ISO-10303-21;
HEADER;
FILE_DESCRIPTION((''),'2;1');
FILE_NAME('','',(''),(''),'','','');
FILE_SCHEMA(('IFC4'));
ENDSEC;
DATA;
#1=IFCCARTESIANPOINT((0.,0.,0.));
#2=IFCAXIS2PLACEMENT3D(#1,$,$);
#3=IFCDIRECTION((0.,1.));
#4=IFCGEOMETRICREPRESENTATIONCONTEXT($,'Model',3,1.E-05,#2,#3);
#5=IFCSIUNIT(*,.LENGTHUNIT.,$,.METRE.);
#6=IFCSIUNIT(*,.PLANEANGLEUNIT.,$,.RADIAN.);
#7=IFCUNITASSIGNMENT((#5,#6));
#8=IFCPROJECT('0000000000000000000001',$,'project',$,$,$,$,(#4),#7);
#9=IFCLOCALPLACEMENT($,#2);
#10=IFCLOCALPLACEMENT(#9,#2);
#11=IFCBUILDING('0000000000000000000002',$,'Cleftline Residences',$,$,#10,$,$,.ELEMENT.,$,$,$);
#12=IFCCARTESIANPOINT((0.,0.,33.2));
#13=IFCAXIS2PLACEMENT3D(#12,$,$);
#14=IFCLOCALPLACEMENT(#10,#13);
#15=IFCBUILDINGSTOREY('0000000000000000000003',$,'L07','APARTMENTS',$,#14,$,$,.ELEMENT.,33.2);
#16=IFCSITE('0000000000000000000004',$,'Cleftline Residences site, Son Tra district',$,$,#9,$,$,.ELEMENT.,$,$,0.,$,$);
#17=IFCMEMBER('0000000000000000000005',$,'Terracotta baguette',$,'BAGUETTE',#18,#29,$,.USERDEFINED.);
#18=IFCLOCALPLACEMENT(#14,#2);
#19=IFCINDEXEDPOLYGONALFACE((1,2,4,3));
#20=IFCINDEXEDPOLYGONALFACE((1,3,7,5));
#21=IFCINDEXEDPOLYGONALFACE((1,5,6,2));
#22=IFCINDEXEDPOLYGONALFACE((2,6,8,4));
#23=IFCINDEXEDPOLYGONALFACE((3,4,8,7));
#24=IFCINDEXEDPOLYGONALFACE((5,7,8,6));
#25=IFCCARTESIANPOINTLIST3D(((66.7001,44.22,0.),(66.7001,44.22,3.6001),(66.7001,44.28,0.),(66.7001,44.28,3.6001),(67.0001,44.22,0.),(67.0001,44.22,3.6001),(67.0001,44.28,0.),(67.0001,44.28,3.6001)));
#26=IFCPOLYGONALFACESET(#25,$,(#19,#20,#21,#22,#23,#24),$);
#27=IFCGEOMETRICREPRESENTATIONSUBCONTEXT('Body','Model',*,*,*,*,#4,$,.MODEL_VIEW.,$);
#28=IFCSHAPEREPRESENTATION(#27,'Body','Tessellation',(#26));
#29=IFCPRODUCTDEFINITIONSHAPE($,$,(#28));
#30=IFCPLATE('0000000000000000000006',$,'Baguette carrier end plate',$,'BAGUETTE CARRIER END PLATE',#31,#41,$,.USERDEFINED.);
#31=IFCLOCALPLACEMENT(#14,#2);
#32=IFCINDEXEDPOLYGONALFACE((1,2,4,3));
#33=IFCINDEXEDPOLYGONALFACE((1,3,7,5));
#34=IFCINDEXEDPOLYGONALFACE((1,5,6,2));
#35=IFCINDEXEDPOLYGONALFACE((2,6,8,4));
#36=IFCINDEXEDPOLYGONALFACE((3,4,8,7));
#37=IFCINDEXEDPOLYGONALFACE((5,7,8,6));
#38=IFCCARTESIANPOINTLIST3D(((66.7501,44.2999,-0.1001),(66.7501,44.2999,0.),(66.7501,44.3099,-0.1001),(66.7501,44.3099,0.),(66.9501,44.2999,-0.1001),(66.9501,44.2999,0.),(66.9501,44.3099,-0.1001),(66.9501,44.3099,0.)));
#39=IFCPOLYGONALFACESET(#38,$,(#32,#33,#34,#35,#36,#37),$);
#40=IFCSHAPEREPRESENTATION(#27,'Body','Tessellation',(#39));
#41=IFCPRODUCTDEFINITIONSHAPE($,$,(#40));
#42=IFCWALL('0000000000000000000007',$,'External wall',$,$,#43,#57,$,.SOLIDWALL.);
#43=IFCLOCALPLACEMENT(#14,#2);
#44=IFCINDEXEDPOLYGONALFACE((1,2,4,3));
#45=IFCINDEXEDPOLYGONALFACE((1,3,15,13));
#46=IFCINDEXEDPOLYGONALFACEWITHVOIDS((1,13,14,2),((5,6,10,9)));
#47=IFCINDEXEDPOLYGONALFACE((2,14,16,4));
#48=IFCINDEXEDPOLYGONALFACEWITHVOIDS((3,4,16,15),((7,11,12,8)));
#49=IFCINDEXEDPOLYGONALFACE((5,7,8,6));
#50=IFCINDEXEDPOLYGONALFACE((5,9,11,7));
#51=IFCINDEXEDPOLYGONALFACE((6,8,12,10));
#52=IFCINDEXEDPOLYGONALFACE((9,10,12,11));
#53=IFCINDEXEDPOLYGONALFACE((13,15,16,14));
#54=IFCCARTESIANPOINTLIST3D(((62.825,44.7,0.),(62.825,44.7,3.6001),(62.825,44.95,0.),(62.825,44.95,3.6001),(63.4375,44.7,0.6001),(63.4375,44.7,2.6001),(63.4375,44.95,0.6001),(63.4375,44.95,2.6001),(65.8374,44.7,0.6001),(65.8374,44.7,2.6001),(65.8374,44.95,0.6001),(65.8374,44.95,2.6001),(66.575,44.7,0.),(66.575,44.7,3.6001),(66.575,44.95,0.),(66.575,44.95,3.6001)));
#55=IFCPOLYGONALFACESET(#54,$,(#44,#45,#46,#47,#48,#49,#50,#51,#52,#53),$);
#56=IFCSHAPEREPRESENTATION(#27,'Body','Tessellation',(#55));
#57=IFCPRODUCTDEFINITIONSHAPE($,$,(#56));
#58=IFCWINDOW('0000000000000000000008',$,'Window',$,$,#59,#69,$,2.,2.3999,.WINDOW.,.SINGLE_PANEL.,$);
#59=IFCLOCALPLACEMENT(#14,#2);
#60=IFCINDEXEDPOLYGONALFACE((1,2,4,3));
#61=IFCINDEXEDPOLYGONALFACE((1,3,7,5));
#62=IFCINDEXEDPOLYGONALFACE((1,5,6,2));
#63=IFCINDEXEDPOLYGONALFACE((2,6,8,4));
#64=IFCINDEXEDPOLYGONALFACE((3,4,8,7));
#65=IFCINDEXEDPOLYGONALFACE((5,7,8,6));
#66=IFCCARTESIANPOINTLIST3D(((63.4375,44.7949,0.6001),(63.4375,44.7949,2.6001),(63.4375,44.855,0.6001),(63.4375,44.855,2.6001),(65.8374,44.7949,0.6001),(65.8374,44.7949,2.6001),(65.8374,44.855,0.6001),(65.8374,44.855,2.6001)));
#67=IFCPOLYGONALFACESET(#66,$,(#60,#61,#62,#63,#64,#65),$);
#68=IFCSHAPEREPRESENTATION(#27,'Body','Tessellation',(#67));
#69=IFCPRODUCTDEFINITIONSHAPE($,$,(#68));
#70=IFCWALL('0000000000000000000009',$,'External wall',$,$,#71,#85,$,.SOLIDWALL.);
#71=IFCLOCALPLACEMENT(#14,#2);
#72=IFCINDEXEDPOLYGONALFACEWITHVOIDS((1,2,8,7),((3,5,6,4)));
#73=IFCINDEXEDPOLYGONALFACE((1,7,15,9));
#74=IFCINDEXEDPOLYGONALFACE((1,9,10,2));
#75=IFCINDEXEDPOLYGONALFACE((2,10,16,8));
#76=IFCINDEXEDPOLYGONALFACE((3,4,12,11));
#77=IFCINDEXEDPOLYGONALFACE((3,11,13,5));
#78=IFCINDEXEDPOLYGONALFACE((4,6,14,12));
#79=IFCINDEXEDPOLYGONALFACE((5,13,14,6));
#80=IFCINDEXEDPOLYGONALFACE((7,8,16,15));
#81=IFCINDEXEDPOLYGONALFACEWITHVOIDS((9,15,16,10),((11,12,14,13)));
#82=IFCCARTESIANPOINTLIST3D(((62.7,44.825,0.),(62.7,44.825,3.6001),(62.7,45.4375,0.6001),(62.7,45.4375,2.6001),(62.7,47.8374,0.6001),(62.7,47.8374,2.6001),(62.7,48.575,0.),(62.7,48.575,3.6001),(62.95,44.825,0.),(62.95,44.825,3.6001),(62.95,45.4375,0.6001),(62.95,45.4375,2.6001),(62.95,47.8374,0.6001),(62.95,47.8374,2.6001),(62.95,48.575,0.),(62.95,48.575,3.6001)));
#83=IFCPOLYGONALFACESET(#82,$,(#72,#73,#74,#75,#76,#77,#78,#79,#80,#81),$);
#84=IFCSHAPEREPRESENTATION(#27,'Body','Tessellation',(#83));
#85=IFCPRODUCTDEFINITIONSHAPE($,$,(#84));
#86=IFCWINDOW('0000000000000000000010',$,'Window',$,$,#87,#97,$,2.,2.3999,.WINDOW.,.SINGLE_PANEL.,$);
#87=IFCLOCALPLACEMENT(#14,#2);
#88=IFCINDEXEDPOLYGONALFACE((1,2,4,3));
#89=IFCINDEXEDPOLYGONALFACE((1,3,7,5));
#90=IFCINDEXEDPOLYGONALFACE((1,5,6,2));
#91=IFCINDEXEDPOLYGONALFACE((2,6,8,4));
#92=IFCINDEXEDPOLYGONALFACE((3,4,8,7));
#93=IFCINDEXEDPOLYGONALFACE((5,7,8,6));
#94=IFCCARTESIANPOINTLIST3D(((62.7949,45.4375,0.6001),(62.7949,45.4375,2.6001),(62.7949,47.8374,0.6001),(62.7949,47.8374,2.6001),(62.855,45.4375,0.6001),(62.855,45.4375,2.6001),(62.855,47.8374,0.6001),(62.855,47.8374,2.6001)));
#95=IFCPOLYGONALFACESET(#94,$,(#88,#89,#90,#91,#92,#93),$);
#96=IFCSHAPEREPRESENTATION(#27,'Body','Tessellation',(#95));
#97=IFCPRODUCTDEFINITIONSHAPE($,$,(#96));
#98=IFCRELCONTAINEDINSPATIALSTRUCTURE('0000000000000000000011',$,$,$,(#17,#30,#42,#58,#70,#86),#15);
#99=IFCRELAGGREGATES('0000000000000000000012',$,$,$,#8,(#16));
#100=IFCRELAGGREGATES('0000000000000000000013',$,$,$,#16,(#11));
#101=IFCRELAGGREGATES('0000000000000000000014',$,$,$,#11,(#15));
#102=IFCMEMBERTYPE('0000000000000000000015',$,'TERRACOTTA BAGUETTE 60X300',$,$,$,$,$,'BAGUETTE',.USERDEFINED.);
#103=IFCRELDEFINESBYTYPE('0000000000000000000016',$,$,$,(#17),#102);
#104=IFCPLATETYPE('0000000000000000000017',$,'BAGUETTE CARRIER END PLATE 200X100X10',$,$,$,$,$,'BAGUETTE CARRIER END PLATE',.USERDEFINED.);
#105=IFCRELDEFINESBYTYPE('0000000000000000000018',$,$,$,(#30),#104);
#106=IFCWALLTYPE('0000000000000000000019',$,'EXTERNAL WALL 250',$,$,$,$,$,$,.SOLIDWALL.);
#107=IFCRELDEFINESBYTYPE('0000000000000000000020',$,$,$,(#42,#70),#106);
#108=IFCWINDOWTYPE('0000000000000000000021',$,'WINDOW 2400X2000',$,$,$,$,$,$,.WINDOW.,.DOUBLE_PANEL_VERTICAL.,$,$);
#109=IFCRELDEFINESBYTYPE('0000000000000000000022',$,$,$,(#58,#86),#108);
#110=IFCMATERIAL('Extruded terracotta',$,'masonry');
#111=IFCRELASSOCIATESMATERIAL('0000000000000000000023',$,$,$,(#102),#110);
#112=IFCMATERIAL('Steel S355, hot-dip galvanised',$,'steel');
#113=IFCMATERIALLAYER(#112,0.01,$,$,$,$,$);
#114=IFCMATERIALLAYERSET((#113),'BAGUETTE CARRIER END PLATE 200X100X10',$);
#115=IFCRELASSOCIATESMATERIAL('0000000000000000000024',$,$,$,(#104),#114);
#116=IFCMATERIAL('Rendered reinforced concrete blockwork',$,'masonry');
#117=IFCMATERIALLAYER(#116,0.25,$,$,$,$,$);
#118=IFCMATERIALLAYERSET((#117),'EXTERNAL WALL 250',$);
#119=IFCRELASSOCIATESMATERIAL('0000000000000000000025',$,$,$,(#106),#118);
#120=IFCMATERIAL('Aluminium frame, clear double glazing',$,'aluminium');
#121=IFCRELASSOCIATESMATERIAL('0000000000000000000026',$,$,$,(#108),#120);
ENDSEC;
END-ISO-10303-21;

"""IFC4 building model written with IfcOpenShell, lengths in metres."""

from ifc_helpers import new_model, si_unit, direction, frame, frame_2d, origin, origin_2d, place, context, subcontext, project, spatial, rectangle, extrude, material, layer, layer_set, material_profile, profile_set, type_object, element, fill, save


model = new_model("IFC4")

# Units and contexts
model_context = context("Model", 3, precision=1e-05, world=origin(), true_north=direction((0.0, 1.0)))
body_context = subcontext(model_context, "Body", "Model", "MODEL_VIEW")
ifc_project = project(units=[si_unit("LENGTHUNIT", "METRE"), si_unit("PLANEANGLEUNIT", "RADIAN")], contexts=[model_context])

# Site, building, storey
site_placement = place(None, origin())
site = spatial("IfcSite", under=ifc_project, at=site_placement, Name="Cleftline Residences site, Son Tra district", CompositionType="ELEMENT", RefElevation=0.0)
building_placement = place(site_placement, origin())
building = spatial("IfcBuilding", under=site, at=building_placement, Name="Cleftline Residences", CompositionType="ELEMENT")
storey_placement = place(building_placement, frame((0.0, 0.0, 33.2)))
storey = spatial("IfcBuildingStorey", under=building, at=storey_placement, Name="L07", Description="APARTMENTS", CompositionType="ELEMENT", Elevation=33.2)

# Member
ifc_material_1 = material(Name="Extruded terracotta", Category="masonry")
ifc_material_profile_1 = material_profile(ifc_material_1, rectangle(XDim=0.0601, YDim=0.3, at=origin_2d()))
ifc_profile_set_1 = profile_set([ifc_material_profile_1], Name="Extruded terracotta")
member_type_1 = type_object("IfcMemberType", Name="TERRACOTTA BAGUETTE 60X300", ElementType="BAGUETTE", PredefinedType="USERDEFINED", material=ifc_profile_set_1)
for number, where, z_axis, x_axis, name in (
    (1, (66.8501, 44.25, 0.0), (0.0, 0.0, 1.0), (0.0, 1.0, 0.0), "Terracotta baguette"),
):
    element("IfcMember", number, at=place(storey_placement, frame(where, z_axis=z_axis, x_axis=x_axis)), inside=storey, type_object=member_type_1, Name=name, ObjectType="BAGUETTE", PredefinedType="USERDEFINED", context=body_context, shape_type="SweptSolid", body=[
        extrude(rectangle(XDim=0.0601, YDim=0.3, at=origin_2d()), origin(), (0.0, 0.0, 1.0), 3.6001),
    ])

# Plate
ifc_material_2 = material(Name="Steel S355, hot-dip galvanised", Category="steel")
ifc_layer_1 = layer(ifc_material_2, 0.01)
ifc_layer_set_1 = layer_set([ifc_layer_1], Name="BAGUETTE CARRIER END PLATE 200X100X10")
plate_type = type_object("IfcPlateType", Name="BAGUETTE CARRIER END PLATE 200X100X10", ElementType="BAGUETTE CARRIER END PLATE", PredefinedType="USERDEFINED", material=ifc_layer_set_1)
plate_placement = place(storey_placement, frame((66.8501, 44.3049, -0.1001), z_axis=(0.0, 0.0, 1.0), x_axis=(1.0, 0.0, 0.0)))
element("IfcPlate", 2, at=plate_placement, inside=storey, type_object=plate_type, Name="Baguette carrier end plate", ObjectType="BAGUETTE CARRIER END PLATE", PredefinedType="USERDEFINED", context=body_context, shape_type="SweptSolid", body=[
    extrude(rectangle(XDim=0.2, YDim=0.01, at=origin_2d()), origin(), (0.0, 0.0, 1.0), 0.1001),
])

# Walls, openings, windows
ifc_material_3 = material(Name="Rendered reinforced concrete blockwork", Category="masonry")
ifc_layer_2 = layer(ifc_material_3, 0.25)
ifc_layer_set_2 = layer_set([ifc_layer_2], Name="EXTERNAL WALL 250")
wall_type = type_object("IfcWallType", Name="EXTERNAL WALL 250", PredefinedType="SOLIDWALL", material=ifc_layer_set_2)
wall_1_placement = place(storey_placement, frame((66.575, 44.825, 0.0), z_axis=(0.0, 0.0, 1.0), x_axis=(-1.0, 0.0, 0.0)))
wall_1 = element("IfcWall", 3, at=wall_1_placement, inside=storey, type_object=wall_type, Name="External wall", PredefinedType="SOLIDWALL", context=body_context, shape_type="SweptSolid", body=[
    extrude(rectangle(XDim=3.75, YDim=0.25, at=frame_2d((1.875, 0.0))), origin(), (0.0, 0.0, 1.0), 3.6001),
])
opening_1_placement = place(wall_1_placement, frame((0.7375, 0.0, 0.6001)))
opening_1 = element("IfcOpeningElement", 4, at=opening_1_placement, cuts=wall_1, PredefinedType="OPENING", context=body_context, shape_type="SweptSolid", body=[
    extrude(rectangle(XDim=2.3999, YDim=2.0, at=frame_2d((1.2, 1.0))), frame((0.0, 0.135, 0.0), z_axis=(0.0, -1.0, 0.0), x_axis=(1.0, 0.0, 0.0)), (0.0, 0.0, 1.0), 0.27),
])
ifc_material_4 = material(Name="Aluminium frame, clear double glazing", Category="aluminium")
window_type_1 = type_object("IfcWindowType", Name="WINDOW 2400X2000", PartitioningType="DOUBLE_PANEL_VERTICAL", PredefinedType="WINDOW", material=ifc_material_4)
window_1_placement = place(opening_1_placement, origin())
window_1 = element("IfcWindow", 5, at=window_1_placement, inside=storey, type_object=window_type_1, Name="Window", OverallHeight=2.0, OverallWidth=2.3999, PartitioningType="SINGLE_PANEL", PredefinedType="WINDOW", context=body_context, shape_type="SweptSolid", body=[
    extrude(rectangle(XDim=2.3999, YDim=2.0, at=frame_2d((1.2, 1.0))), frame((0.0, 0.03, 0.0), z_axis=(0.0, -1.0, 0.0), x_axis=(1.0, 0.0, 0.0)), (0.0, 0.0, 1.0), 0.0601),
])
fill(opening_1, window_1)
wall_2_placement = place(storey_placement, frame((62.825, 44.825, 0.0), z_axis=(0.0, 0.0, 1.0), x_axis=(0.0, 1.0, 0.0)))
wall_2 = element("IfcWall", 6, at=wall_2_placement, inside=storey, type_object=wall_type, Name="External wall", PredefinedType="SOLIDWALL", context=body_context, shape_type="SweptSolid", body=[
    extrude(rectangle(XDim=3.75, YDim=0.25, at=frame_2d((1.875, 0.0))), origin(), (0.0, 0.0, 1.0), 3.6001),
])
opening_2_placement = place(wall_2_placement, frame((0.6125, 0.0, 0.6001)))
opening_2 = element("IfcOpeningElement", 7, at=opening_2_placement, cuts=wall_2, PredefinedType="OPENING", context=body_context, shape_type="SweptSolid", body=[
    extrude(rectangle(XDim=2.3999, YDim=2.0, at=frame_2d((1.2, 1.0))), frame((0.0, 0.135, 0.0), z_axis=(0.0, -1.0, 0.0), x_axis=(1.0, 0.0, 0.0)), (0.0, 0.0, 1.0), 0.27),
])
window_2_placement = place(opening_2_placement, origin())
window_2 = element("IfcWindow", 8, at=window_2_placement, inside=storey, type_object=window_type_1, Name="Window", OverallHeight=2.0, OverallWidth=2.3999, PartitioningType="SINGLE_PANEL", PredefinedType="WINDOW", context=body_context, shape_type="SweptSolid", body=[
    extrude(rectangle(XDim=2.3999, YDim=2.0, at=frame_2d((1.2, 1.0))), frame((0.0, 0.03, 0.0), z_axis=(0.0, -1.0, 0.0), x_axis=(1.0, 0.0, 0.0)), (0.0, 0.0, 1.0), 0.0601),
])
fill(opening_2, window_2)

save(model, "model.ifc")
